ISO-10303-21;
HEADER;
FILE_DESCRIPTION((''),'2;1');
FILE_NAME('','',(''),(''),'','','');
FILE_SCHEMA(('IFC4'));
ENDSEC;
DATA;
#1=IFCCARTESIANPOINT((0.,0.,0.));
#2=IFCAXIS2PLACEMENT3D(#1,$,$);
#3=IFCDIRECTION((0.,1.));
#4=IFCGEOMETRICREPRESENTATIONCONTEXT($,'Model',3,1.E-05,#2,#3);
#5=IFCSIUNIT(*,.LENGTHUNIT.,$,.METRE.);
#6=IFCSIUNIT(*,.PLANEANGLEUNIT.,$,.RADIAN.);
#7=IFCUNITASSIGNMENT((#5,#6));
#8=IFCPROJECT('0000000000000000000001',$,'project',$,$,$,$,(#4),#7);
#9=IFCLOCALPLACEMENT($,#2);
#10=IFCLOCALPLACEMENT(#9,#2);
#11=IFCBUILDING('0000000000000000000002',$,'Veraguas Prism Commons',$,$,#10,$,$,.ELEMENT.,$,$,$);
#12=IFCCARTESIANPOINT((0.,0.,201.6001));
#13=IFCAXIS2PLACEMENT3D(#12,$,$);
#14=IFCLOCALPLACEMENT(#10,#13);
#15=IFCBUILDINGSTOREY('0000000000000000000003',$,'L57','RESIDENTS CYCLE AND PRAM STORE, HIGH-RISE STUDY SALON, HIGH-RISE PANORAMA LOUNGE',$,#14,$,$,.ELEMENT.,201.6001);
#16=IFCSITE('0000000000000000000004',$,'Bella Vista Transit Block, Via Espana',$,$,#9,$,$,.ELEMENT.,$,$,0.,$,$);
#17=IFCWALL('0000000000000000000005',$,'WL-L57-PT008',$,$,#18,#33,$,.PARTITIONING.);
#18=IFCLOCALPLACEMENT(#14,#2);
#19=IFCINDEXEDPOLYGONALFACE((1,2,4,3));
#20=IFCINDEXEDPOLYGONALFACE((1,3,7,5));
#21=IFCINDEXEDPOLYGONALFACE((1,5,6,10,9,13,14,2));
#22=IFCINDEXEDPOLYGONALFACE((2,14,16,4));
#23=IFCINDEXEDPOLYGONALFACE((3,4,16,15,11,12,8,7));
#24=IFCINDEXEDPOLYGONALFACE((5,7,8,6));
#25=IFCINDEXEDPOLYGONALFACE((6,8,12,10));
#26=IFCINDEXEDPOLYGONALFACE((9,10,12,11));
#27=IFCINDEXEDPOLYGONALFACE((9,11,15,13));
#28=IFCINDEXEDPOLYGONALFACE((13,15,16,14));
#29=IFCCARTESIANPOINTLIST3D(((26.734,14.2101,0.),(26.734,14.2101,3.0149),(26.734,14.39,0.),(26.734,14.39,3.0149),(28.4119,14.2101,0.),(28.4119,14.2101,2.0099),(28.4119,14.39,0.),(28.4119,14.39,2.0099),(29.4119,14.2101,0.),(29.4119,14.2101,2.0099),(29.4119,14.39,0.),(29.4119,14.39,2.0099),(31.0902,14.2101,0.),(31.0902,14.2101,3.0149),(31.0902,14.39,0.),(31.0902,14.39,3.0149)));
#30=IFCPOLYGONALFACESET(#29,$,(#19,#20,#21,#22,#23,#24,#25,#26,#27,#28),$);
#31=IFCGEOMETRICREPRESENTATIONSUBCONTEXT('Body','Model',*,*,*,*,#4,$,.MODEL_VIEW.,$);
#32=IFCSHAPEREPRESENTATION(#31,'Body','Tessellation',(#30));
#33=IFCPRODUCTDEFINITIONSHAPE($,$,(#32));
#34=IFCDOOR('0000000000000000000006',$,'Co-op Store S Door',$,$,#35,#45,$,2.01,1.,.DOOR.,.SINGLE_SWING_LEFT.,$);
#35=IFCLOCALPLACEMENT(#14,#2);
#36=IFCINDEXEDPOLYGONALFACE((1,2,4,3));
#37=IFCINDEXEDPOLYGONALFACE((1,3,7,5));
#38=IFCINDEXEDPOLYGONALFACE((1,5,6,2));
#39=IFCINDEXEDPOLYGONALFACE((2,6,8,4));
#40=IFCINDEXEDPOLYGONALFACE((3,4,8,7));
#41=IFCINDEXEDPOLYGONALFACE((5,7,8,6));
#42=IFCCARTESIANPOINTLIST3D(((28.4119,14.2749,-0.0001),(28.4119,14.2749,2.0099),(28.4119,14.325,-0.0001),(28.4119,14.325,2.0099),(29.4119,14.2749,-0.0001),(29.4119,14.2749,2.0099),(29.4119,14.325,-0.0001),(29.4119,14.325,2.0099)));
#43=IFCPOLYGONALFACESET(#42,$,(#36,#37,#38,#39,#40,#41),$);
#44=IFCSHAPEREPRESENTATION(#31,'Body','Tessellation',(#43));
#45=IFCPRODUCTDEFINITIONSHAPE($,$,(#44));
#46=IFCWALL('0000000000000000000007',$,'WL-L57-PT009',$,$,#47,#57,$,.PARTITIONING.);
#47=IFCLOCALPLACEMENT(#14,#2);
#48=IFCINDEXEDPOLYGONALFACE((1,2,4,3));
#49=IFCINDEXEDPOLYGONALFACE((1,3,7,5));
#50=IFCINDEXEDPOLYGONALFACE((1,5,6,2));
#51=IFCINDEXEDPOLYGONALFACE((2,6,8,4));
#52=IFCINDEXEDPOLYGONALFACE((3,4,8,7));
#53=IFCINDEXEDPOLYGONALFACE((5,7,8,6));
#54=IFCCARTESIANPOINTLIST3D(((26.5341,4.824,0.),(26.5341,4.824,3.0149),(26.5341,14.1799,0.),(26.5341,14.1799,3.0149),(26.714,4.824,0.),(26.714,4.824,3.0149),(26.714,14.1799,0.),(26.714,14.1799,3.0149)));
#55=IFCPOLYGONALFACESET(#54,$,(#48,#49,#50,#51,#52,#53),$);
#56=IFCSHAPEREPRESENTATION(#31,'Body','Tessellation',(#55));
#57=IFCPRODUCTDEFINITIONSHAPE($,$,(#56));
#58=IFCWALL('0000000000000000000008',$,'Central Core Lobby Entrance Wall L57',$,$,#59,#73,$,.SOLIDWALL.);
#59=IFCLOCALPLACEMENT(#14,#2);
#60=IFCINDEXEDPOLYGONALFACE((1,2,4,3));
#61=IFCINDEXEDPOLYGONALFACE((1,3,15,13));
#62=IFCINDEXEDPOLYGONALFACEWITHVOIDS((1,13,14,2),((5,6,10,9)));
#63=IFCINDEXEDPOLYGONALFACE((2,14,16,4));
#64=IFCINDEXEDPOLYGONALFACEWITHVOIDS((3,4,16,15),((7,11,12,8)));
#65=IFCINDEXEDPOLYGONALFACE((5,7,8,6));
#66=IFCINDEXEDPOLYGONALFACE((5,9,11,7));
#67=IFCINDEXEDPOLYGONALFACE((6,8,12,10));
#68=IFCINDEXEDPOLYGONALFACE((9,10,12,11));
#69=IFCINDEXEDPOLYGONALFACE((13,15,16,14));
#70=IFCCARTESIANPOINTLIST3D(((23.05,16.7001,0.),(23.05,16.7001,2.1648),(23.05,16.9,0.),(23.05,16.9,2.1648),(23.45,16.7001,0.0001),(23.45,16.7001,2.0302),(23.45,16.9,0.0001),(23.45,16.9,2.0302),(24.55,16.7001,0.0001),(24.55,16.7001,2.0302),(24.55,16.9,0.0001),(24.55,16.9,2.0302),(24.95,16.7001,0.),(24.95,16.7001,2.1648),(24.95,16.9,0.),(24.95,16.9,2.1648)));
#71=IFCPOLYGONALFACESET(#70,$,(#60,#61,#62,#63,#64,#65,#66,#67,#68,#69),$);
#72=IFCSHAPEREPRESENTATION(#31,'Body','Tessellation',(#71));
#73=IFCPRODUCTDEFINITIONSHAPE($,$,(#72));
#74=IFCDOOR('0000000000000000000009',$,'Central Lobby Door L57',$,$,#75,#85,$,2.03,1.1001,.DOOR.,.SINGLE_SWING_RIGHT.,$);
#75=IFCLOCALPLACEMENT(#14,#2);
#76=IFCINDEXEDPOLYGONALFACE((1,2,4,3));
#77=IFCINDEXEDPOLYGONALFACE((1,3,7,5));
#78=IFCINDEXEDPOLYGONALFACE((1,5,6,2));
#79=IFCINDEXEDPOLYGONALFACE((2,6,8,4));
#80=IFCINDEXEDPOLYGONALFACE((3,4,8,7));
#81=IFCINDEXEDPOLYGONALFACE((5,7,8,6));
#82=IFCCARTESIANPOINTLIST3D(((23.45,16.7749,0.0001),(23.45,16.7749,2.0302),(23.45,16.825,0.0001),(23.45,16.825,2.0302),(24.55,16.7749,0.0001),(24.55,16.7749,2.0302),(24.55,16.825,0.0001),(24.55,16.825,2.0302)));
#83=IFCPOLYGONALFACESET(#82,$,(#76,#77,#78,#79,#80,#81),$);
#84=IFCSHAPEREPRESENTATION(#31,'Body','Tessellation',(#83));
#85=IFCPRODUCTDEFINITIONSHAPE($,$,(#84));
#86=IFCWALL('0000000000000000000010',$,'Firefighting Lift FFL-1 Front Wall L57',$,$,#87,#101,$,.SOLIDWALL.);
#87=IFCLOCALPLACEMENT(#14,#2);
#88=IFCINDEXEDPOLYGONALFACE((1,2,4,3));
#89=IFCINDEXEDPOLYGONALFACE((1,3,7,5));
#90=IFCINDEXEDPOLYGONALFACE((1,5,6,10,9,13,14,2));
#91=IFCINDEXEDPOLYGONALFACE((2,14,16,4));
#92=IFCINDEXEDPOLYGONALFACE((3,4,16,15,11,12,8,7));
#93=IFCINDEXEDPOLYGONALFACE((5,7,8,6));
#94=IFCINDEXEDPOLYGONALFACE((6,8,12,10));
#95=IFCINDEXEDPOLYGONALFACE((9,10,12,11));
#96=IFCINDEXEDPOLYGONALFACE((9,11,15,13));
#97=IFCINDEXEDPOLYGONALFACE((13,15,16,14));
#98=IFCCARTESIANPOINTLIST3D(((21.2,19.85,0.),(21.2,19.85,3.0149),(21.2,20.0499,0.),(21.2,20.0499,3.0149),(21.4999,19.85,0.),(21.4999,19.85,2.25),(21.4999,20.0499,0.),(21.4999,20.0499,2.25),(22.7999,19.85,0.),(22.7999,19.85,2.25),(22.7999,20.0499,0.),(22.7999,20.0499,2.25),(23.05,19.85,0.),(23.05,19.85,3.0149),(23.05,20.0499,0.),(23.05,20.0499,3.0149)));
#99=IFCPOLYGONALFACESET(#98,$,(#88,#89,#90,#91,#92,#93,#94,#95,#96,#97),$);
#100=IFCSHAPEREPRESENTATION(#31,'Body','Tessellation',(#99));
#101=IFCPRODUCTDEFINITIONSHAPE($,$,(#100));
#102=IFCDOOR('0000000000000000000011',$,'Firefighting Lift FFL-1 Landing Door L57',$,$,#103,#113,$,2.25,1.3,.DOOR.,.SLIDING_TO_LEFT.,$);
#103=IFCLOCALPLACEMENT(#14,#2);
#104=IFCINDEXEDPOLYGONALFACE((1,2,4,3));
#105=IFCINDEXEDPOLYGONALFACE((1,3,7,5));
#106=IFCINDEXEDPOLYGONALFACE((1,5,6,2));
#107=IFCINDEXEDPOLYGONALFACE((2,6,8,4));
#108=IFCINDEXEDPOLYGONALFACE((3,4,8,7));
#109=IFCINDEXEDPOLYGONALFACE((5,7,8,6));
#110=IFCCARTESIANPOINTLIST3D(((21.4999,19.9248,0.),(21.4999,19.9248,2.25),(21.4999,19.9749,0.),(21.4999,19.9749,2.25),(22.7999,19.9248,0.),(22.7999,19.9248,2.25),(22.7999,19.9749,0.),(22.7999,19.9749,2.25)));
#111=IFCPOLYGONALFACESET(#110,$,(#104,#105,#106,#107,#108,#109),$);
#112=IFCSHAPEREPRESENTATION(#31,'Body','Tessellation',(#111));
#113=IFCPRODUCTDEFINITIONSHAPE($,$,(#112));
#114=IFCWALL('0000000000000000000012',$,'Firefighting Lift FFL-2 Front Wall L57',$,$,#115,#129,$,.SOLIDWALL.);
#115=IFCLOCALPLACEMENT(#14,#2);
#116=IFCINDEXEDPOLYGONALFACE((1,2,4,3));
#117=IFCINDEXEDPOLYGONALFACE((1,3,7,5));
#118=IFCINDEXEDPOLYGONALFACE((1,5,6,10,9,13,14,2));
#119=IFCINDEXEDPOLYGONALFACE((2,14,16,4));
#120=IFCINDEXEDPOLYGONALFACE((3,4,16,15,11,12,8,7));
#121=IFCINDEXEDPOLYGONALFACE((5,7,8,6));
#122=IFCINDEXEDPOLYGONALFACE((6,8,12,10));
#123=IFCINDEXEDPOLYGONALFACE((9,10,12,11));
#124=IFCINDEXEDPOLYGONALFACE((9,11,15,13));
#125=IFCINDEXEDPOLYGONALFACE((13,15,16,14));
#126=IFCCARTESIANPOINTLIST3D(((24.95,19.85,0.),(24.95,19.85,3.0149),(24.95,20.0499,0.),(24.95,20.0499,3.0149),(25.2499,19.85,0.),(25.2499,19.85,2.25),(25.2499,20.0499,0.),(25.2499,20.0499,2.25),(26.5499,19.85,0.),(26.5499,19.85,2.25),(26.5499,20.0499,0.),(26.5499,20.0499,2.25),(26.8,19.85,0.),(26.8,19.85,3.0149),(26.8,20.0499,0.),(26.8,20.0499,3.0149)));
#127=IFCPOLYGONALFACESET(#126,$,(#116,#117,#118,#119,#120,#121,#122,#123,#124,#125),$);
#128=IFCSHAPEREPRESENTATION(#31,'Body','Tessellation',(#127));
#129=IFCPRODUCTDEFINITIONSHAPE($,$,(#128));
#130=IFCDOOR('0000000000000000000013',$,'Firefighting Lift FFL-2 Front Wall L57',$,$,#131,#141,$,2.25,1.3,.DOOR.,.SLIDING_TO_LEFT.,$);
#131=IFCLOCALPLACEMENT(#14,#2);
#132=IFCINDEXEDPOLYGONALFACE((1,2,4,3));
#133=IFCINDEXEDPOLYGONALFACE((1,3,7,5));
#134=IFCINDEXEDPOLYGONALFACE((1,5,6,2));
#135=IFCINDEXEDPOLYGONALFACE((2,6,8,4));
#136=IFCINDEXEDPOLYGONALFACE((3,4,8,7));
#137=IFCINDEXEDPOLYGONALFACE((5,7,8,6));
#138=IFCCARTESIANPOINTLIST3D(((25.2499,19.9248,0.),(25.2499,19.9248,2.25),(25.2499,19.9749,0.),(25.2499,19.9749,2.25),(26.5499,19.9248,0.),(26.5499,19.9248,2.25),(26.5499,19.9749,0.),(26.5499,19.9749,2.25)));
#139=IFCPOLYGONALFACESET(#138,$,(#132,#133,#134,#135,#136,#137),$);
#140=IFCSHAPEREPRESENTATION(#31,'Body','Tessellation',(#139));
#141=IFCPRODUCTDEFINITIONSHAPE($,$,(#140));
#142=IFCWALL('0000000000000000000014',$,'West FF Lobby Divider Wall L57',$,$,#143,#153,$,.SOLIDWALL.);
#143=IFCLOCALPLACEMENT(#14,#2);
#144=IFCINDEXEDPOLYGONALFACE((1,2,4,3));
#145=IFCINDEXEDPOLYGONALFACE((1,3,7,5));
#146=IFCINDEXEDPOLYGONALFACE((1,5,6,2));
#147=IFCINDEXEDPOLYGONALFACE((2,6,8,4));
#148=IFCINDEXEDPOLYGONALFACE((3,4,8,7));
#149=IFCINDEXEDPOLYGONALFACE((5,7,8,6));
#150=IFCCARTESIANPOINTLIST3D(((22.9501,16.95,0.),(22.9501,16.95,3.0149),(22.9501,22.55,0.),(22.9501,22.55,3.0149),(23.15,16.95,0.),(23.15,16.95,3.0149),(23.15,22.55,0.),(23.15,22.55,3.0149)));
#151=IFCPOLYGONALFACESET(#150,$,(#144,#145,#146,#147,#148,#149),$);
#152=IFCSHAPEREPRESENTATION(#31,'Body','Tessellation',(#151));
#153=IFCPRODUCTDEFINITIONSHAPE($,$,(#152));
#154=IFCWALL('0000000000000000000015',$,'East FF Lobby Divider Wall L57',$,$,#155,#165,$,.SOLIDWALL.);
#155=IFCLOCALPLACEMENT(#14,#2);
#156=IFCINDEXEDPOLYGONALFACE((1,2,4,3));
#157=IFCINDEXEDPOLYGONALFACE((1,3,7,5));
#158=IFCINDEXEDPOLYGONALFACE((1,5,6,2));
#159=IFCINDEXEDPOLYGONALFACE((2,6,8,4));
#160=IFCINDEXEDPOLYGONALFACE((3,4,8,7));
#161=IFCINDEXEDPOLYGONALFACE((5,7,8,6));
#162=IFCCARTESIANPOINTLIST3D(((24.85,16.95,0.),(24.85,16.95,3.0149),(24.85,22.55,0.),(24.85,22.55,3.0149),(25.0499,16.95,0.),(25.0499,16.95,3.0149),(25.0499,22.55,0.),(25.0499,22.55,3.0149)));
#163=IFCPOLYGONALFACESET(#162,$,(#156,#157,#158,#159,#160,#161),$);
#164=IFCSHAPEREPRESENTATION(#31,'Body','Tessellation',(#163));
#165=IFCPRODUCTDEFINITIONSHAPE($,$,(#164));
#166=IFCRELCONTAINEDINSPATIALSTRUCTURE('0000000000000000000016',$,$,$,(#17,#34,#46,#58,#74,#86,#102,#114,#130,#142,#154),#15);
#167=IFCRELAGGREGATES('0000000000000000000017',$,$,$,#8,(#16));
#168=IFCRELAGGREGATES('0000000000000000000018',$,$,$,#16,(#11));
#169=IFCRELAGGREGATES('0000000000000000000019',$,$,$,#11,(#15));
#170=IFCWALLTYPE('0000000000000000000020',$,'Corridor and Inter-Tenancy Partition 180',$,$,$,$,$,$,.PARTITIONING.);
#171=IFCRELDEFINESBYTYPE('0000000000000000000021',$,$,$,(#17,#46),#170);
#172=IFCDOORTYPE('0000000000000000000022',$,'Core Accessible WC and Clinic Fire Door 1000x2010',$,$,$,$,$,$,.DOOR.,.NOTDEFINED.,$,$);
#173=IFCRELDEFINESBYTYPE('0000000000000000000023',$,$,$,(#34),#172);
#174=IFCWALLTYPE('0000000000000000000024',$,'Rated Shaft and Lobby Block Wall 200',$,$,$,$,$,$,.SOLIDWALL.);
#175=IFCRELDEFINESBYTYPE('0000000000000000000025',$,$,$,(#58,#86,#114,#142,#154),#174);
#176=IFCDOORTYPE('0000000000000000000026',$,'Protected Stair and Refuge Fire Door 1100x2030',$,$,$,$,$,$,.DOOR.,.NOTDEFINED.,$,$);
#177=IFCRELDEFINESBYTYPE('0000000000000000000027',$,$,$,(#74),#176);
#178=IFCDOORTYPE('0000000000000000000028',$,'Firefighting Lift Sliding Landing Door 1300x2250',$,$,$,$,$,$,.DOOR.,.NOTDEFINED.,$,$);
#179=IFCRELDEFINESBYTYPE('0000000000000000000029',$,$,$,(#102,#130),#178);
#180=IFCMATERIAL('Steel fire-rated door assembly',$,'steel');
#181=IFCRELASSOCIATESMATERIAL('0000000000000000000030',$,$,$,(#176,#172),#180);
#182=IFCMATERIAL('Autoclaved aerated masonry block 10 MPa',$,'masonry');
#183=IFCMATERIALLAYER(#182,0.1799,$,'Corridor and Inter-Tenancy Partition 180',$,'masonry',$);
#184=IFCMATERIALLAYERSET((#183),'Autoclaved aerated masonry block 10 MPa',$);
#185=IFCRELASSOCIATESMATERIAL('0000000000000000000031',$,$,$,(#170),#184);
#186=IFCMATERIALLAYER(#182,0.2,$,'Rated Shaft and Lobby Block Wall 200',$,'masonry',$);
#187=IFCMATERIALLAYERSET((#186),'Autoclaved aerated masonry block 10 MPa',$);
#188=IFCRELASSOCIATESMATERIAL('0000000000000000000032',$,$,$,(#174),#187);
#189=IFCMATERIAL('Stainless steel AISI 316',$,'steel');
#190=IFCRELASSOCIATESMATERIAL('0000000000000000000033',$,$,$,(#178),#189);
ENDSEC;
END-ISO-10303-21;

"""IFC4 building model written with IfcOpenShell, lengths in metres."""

from ifc_helpers import new_model, si_unit, direction, frame, frame_2d, origin, place, context, subcontext, project, spatial, rectangle, extrude, source, transform, mapped, material, layer, layer_set, type_object, element, fill, save


model = new_model("IFC4")

# Units and contexts
model_context = context("Model", 3, precision=1e-05, world=origin(), true_north=direction((0.0, 1.0)))
body_context = subcontext(model_context, "Body", "Model", "MODEL_VIEW")
ifc_project = project(units=[si_unit("LENGTHUNIT", "METRE"), si_unit("PLANEANGLEUNIT", "RADIAN")], contexts=[model_context])

# Site, building, storey
site_placement = place(None, origin())
site = spatial("IfcSite", under=ifc_project, at=site_placement, Name="Bella Vista Transit Block, Via Espana", CompositionType="ELEMENT", RefElevation=0.0)
building_placement = place(site_placement, origin())
building = spatial("IfcBuilding", under=site, at=building_placement, Name="Veraguas Prism Commons", CompositionType="ELEMENT")
storey_placement = place(building_placement, frame((0.0, 0.0, 201.6001)))
storey = spatial("IfcBuildingStorey", under=building, at=storey_placement, Name="L57", Description="RESIDENTS CYCLE AND PRAM STORE, HIGH-RISE STUDY SALON, HIGH-RISE PANORAMA LOUNGE", CompositionType="ELEMENT", Elevation=201.6001)

# Shared definitions
ifc_material_1 = material(Name="Steel fire-rated door assembly", Category="steel")
door_type_1 = type_object("IfcDoorType", Name="Protected Stair and Refuge Fire Door 1100x2030", OperationType="NOTDEFINED", PredefinedType="DOOR", material=ifc_material_1)
shared_shape_1 = source(origin(), body_context, "Body", "SweptSolid", [
    extrude(rectangle(XDim=1.1001, YDim=2.03, at=frame_2d((0.55, 1.0151))), frame((0.0, 0.0249, 0.0), z_axis=(0.0, -1.0, 0.0), x_axis=(1.0, 0.0, 0.0)), (0.0, 0.0, 1.0), 0.05),
])

# Shared definitions
ifc_material_2 = material(Name="Autoclaved aerated masonry block 10 MPa", Category="masonry")
ifc_layer_1 = layer(ifc_material_2, 0.1799, Name="Corridor and Inter-Tenancy Partition 180", Category="masonry")
ifc_layer_set_1 = layer_set([ifc_layer_1], Name="Autoclaved aerated masonry block 10 MPa")
wall_type_1 = type_object("IfcWallType", Name="Corridor and Inter-Tenancy Partition 180", PredefinedType="PARTITIONING", material=ifc_layer_set_1)

# Wall, opening, door
door_type_2 = type_object("IfcDoorType", Name="Core Accessible WC and Clinic Fire Door 1000x2010", OperationType="NOTDEFINED", PredefinedType="DOOR", material=ifc_material_1)
shared_shape_2 = source(origin(), body_context, "Body", "SweptSolid", [
    extrude(rectangle(XDim=1.0, YDim=2.01, at=frame_2d((0.5, 1.0049))), frame((0.0, 0.0249, 0.0), z_axis=(0.0, -1.0, 0.0), x_axis=(1.0, 0.0, 0.0)), (0.0, 0.0, 1.0), 0.05),
])
wall_1_placement = place(storey_placement, frame((26.7339, 14.3, 0.0), z_axis=(0.0, 0.0, 1.0), x_axis=(1.0, 0.0, 0.0)))
wall_1 = element("IfcWall", 1, at=wall_1_placement, inside=storey, type_object=wall_type_1, Name="WL-L57-PT008", PredefinedType="PARTITIONING", context=body_context, shape_type="SweptSolid", body=[
    extrude(rectangle(XDim=4.3562, YDim=0.1799, at=frame_2d((2.1782, 0.0))), origin(), (0.0, 0.0, 1.0), 3.0149),
])
opening_1_placement = place(wall_1_placement, frame((1.678, 0.0, 0.0)))
opening_1 = element("IfcOpeningElement", 2, at=opening_1_placement, cuts=wall_1, PredefinedType="OPENING", context=body_context, shape_type="SweptSolid", body=[
    extrude(rectangle(XDim=1.0, YDim=2.01, at=frame_2d((0.5, 1.0049))), frame((0.0, 0.0999, 0.0), z_axis=(0.0, -1.0, 0.0), x_axis=(1.0, 0.0, 0.0)), (0.0, 0.0, 1.0), 0.2),
])
door_1_placement = place(opening_1_placement, origin())
door_1 = element("IfcDoor", 3, at=door_1_placement, inside=storey, type_object=door_type_2, Name="Co-op Store S Door", OperationType="SINGLE_SWING_LEFT", OverallHeight=2.01, OverallWidth=1.0, PredefinedType="DOOR", context=body_context, shape_type="MappedRepresentation", body=[
    mapped(shared_shape_2, transform((0.0, 0.0, 0.0), scale=1.0)),
])
fill(opening_1, door_1)

# Wall
wall_2_placement = place(storey_placement, frame((26.624, 14.1799, 0.0), z_axis=(0.0, 0.0, 1.0), x_axis=(0.0, -1.0, 0.0)))
element("IfcWall", 4, at=wall_2_placement, inside=storey, type_object=wall_type_1, Name="WL-L57-PT009", PredefinedType="PARTITIONING", context=body_context, shape_type="SweptSolid", body=[
    extrude(rectangle(XDim=9.356, YDim=0.1799, at=frame_2d((4.678, 0.0))), origin(), (0.0, 0.0, 1.0), 3.0149),
])

# Walls, openings, doors
ifc_layer_2 = layer(ifc_material_2, 0.2, Name="Rated Shaft and Lobby Block Wall 200", Category="masonry")
ifc_layer_set_2 = layer_set([ifc_layer_2], Name="Autoclaved aerated masonry block 10 MPa")
wall_type_2 = type_object("IfcWallType", Name="Rated Shaft and Lobby Block Wall 200", PredefinedType="SOLIDWALL", material=ifc_layer_set_2)
wall_3_placement = place(storey_placement, frame((23.05, 16.8, 0.0), z_axis=(0.0, 0.0, 1.0), x_axis=(1.0, 0.0, 0.0)))
wall_3 = element("IfcWall", 5, at=wall_3_placement, inside=storey, type_object=wall_type_2, Name="Central Core Lobby Entrance Wall L57", PredefinedType="SOLIDWALL", context=body_context, shape_type="SweptSolid", body=[
    extrude(rectangle(XDim=1.8999, YDim=0.2, at=frame_2d((0.95, 0.0))), origin(), (0.0, 0.0, 1.0), 2.1648),
])
opening_2_placement = place(wall_3_placement, frame((0.3999, 0.0, 0.0)))
opening_2 = element("IfcOpeningElement", 6, at=opening_2_placement, cuts=wall_3, PredefinedType="OPENING", context=body_context, shape_type="SweptSolid", body=[
    extrude(rectangle(XDim=1.1001, YDim=2.03, at=frame_2d((0.55, 1.0151))), frame((0.0, 0.1099, 0.0), z_axis=(0.0, -1.0, 0.0), x_axis=(1.0, 0.0, 0.0)), (0.0, 0.0, 1.0), 0.22),
])
door_2_placement = place(opening_2_placement, origin())
door_2 = element("IfcDoor", 7, at=door_2_placement, inside=storey, type_object=door_type_1, Name="Central Lobby Door L57", OperationType="SINGLE_SWING_RIGHT", OverallHeight=2.03, OverallWidth=1.1001, PredefinedType="DOOR", context=body_context, shape_type="MappedRepresentation", body=[
    mapped(shared_shape_1, transform((0.0, 0.0, 0.0), scale=1.0)),
])
fill(opening_2, door_2)
wall_4_placement = place(storey_placement, frame((21.2, 19.95, 0.0), z_axis=(0.0, 0.0, 1.0), x_axis=(1.0, 0.0, 0.0)))
wall_4 = element("IfcWall", 8, at=wall_4_placement, inside=storey, type_object=wall_type_2, Name="Firefighting Lift FFL-1 Front Wall L57", PredefinedType="SOLIDWALL", context=body_context, shape_type="SweptSolid", body=[
    extrude(rectangle(XDim=1.8501, YDim=0.2, at=frame_2d((0.925, 0.0))), origin(), (0.0, 0.0, 1.0), 3.0149),
])
opening_3_placement = place(wall_4_placement, frame((0.3, 0.0, 0.0)))
opening_3 = element("IfcOpeningElement", 9, at=opening_3_placement, cuts=wall_4, PredefinedType="OPENING", context=body_context, shape_type="SweptSolid", body=[
    extrude(rectangle(XDim=1.3, YDim=2.25, at=frame_2d((0.6499, 1.125))), frame((0.0, 0.1099, 0.0), z_axis=(0.0, -1.0, 0.0), x_axis=(1.0, 0.0, 0.0)), (0.0, 0.0, 1.0), 0.22),
])
ifc_material_3 = material(Name="Stainless steel AISI 316", Category="steel")
door_type_3 = type_object("IfcDoorType", Name="Firefighting Lift Sliding Landing Door 1300x2250", OperationType="NOTDEFINED", PredefinedType="DOOR", material=ifc_material_3)
shared_shape_3 = source(origin(), body_context, "Body", "SweptSolid", [
    extrude(rectangle(XDim=1.3, YDim=2.25, at=frame_2d((0.6499, 1.125))), frame((0.0, 0.0249, 0.0), z_axis=(0.0, -1.0, 0.0), x_axis=(1.0, 0.0, 0.0)), (0.0, 0.0, 1.0), 0.05),
])
door_3_placement = place(opening_3_placement, origin())
door_3 = element("IfcDoor", 10, at=door_3_placement, inside=storey, type_object=door_type_3, Name="Firefighting Lift FFL-1 Landing Door L57", OperationType="SLIDING_TO_LEFT", OverallHeight=2.25, OverallWidth=1.3, PredefinedType="DOOR", context=body_context, shape_type="MappedRepresentation", body=[
    mapped(shared_shape_3, transform((0.0, 0.0, 0.0), scale=1.0)),
])
fill(opening_3, door_3)
wall_5_placement = place(storey_placement, frame((24.95, 19.95, 0.0), z_axis=(0.0, 0.0, 1.0), x_axis=(1.0, 0.0, 0.0)))
wall_5 = element("IfcWall", 11, at=wall_5_placement, inside=storey, type_object=wall_type_2, Name="Firefighting Lift FFL-2 Front Wall L57", PredefinedType="SOLIDWALL", context=body_context, shape_type="SweptSolid", body=[
    extrude(rectangle(XDim=1.8501, YDim=0.2, at=frame_2d((0.925, 0.0))), origin(), (0.0, 0.0, 1.0), 3.0149),
])
opening_4_placement = place(wall_5_placement, frame((0.3, 0.0, 0.0)))
opening_4 = element("IfcOpeningElement", 12, at=opening_4_placement, cuts=wall_5, PredefinedType="OPENING", context=body_context, shape_type="SweptSolid", body=[
    extrude(rectangle(XDim=1.3, YDim=2.25, at=frame_2d((0.6499, 1.125))), frame((0.0, 0.1099, 0.0), z_axis=(0.0, -1.0, 0.0), x_axis=(1.0, 0.0, 0.0)), (0.0, 0.0, 1.0), 0.22),
])
door_4_placement = place(opening_4_placement, origin())
door_4 = element("IfcDoor", 13, at=door_4_placement, inside=storey, type_object=door_type_3, Name="Firefighting Lift FFL-2 Front Wall L57", OperationType="SLIDING_TO_LEFT", OverallHeight=2.25, OverallWidth=1.3, PredefinedType="DOOR", context=body_context, shape_type="MappedRepresentation", body=[
    mapped(shared_shape_3, transform((0.0, 0.0, 0.0), scale=1.0)),
])
fill(opening_4, door_4)

# Walls
for number, where, z_axis, x_axis, name in (
    (14, (23.05, 16.95, 0.0), (0.0, 0.0, 1.0), (0.0, 1.0, 0.0), "West FF Lobby Divider Wall L57"),
    (15, (24.95, 16.95, 0.0), (0.0, 0.0, 1.0), (0.0, 1.0, 0.0), "East FF Lobby Divider Wall L57"),
):
    element("IfcWall", number, at=place(storey_placement, frame(where, z_axis=z_axis, x_axis=x_axis)), inside=storey, type_object=wall_type_2, Name=name, PredefinedType="SOLIDWALL", context=body_context, shape_type="SweptSolid", body=[
        extrude(rectangle(XDim=5.6001, YDim=0.2, at=frame_2d((2.8, 0.0))), origin(), (0.0, 0.0, 1.0), 3.0149),
    ])

save(model, "model.ifc")
